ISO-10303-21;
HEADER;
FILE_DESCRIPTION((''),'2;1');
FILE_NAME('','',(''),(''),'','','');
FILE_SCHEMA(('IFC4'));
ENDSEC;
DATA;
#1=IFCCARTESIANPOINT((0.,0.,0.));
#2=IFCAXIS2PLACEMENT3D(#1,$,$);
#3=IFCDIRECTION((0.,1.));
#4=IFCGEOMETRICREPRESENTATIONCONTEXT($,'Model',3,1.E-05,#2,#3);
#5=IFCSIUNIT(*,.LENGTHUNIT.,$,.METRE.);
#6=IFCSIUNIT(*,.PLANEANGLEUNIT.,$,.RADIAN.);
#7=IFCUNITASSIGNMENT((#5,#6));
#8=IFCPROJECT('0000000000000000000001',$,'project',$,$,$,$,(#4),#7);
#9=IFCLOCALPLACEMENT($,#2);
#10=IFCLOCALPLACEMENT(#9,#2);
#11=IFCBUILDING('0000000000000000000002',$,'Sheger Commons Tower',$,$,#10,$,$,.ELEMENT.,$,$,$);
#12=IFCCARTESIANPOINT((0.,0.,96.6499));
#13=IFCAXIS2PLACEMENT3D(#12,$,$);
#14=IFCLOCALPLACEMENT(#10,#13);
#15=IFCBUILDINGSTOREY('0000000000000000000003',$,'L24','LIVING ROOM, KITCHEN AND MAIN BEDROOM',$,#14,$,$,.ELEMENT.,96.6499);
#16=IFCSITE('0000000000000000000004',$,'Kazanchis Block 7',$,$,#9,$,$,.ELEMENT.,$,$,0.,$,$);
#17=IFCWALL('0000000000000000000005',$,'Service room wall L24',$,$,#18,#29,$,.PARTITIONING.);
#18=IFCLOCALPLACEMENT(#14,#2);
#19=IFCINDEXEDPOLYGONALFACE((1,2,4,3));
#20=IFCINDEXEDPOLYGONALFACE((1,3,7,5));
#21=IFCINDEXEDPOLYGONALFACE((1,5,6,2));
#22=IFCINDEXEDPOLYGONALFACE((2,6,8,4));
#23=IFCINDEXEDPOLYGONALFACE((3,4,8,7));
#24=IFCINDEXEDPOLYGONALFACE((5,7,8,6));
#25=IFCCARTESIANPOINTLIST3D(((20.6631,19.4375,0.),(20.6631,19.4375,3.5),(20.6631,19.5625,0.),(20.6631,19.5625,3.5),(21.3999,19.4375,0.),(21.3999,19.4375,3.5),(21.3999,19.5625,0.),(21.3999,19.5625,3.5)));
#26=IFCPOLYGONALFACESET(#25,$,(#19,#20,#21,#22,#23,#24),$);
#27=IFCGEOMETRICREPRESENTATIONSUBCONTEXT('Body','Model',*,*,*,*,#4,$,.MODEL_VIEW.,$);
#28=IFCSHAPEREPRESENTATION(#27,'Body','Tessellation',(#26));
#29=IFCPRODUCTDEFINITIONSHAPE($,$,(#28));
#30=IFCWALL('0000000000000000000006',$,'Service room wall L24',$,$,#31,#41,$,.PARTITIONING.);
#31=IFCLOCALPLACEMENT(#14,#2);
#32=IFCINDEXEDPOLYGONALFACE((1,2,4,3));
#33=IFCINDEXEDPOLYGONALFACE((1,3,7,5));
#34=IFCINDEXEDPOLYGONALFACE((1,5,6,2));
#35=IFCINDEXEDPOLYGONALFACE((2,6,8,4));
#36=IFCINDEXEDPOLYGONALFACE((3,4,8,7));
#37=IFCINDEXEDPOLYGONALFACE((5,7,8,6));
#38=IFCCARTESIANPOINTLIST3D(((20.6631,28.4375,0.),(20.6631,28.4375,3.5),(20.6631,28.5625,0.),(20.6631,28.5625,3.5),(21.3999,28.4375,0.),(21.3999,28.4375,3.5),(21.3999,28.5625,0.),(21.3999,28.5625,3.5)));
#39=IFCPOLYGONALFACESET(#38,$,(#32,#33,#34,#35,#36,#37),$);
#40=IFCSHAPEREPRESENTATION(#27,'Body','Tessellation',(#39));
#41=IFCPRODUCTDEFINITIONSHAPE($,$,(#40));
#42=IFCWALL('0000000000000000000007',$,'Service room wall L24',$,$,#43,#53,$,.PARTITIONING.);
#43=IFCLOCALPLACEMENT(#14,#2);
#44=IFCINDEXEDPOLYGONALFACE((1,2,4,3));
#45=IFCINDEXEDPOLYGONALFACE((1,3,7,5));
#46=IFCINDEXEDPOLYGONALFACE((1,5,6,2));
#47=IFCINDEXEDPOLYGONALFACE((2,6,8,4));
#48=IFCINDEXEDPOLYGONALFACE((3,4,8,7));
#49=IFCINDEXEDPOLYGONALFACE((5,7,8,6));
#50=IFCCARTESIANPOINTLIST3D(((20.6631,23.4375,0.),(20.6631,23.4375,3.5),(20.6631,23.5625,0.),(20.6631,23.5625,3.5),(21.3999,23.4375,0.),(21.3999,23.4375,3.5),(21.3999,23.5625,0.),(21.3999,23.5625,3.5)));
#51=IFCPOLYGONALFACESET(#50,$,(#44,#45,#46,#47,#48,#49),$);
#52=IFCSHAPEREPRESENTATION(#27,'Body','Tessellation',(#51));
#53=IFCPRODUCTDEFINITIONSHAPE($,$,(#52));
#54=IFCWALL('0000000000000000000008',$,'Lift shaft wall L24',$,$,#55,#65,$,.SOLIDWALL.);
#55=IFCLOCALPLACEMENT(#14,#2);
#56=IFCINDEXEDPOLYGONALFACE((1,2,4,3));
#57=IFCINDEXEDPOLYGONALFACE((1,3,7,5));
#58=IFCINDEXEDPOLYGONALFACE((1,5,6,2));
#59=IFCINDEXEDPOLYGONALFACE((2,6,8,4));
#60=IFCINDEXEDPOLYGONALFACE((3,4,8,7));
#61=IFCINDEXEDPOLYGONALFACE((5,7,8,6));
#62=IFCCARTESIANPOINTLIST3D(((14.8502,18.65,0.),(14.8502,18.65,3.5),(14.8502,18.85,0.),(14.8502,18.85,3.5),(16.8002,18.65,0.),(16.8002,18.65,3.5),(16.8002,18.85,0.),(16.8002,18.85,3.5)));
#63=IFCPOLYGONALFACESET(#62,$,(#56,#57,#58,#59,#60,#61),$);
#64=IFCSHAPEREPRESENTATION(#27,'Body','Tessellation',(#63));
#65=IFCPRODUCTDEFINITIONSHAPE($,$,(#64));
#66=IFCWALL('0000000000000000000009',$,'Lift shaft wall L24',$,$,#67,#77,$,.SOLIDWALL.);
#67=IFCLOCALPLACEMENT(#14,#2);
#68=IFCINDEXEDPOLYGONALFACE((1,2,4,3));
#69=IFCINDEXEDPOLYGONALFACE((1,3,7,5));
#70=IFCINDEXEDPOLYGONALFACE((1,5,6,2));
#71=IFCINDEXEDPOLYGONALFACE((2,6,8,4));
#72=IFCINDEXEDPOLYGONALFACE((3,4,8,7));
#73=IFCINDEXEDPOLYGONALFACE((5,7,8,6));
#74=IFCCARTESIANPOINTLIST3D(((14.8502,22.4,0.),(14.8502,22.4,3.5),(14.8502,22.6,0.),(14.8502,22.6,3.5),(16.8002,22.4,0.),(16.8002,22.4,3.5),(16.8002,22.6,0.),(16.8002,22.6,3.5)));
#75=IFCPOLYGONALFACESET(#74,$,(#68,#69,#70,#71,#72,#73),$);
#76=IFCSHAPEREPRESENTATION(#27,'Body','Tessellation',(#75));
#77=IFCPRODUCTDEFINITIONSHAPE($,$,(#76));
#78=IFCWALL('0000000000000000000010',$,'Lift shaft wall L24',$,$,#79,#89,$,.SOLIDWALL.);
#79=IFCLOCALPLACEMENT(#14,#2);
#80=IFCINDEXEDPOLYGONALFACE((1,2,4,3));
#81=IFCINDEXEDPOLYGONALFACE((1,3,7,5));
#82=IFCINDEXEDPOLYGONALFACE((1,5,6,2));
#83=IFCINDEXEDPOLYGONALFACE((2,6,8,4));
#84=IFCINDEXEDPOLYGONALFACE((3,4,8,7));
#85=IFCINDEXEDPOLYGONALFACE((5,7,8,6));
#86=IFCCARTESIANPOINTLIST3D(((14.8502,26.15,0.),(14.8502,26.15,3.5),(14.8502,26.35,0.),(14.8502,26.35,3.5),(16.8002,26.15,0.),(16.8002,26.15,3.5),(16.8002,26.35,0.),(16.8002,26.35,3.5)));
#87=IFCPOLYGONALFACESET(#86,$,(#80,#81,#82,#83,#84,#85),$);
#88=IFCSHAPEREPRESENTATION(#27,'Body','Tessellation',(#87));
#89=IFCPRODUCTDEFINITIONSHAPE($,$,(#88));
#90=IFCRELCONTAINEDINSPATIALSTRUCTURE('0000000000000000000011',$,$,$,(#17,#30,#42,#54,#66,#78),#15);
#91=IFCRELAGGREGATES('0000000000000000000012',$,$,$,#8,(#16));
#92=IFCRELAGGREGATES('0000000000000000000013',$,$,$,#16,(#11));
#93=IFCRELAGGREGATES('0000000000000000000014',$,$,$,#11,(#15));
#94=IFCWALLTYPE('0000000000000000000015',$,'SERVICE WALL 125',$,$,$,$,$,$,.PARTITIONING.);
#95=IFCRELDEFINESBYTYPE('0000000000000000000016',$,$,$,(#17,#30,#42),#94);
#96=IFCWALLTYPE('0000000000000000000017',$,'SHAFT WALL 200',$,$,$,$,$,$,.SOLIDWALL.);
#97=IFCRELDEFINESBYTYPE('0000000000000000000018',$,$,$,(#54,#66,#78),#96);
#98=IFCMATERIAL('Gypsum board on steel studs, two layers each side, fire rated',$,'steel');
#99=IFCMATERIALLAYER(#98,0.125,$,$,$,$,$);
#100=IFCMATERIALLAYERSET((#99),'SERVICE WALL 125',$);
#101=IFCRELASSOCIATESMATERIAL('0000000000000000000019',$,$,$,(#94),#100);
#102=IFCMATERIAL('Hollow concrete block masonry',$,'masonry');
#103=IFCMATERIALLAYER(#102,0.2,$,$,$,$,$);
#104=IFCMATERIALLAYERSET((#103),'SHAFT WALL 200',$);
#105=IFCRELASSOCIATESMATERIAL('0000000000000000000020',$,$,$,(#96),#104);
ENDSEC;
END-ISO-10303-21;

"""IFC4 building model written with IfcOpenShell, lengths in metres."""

from ifc_helpers import new_model, si_unit, direction, frame, frame_2d, origin, place, context, subcontext, project, spatial, rectangle, extrude, material, layer, layer_set, type_object, element, save


model = new_model("IFC4")

# Units and contexts
model_context = context("Model", 3, precision=1e-05, world=origin(), true_north=direction((0.0, 1.0)))
body_context = subcontext(model_context, "Body", "Model", "MODEL_VIEW")
ifc_project = project(units=[si_unit("LENGTHUNIT", "METRE"), si_unit("PLANEANGLEUNIT", "RADIAN")], contexts=[model_context])

# Site, building, storey
site_placement = place(None, origin())
site = spatial("IfcSite", under=ifc_project, at=site_placement, Name="Kazanchis Block 7", CompositionType="ELEMENT", RefElevation=0.0)
building_placement = place(site_placement, origin())
building = spatial("IfcBuilding", under=site, at=building_placement, Name="Sheger Commons Tower", CompositionType="ELEMENT")
storey_placement = place(building_placement, frame((0.0, 0.0, 96.6499)))
storey = spatial("IfcBuildingStorey", under=building, at=storey_placement, Name="L24", Description="LIVING ROOM, KITCHEN AND MAIN BEDROOM", CompositionType="ELEMENT", Elevation=96.6499)

# Shared definitions
ifc_material_1 = material(Name="Gypsum board on steel studs, two layers each side, fire rated", Category="steel")
ifc_layer_1 = layer(ifc_material_1, 0.125)
ifc_layer_set_1 = layer_set([ifc_layer_1], Name="SERVICE WALL 125")
wall_type_1 = type_object("IfcWallType", Name="SERVICE WALL 125", PredefinedType="PARTITIONING", material=ifc_layer_set_1)

# Walls
for number, where, z_axis, x_axis, name in (
    (1, (20.6631, 19.5, 0.0), (0.0, 0.0, 1.0), (1.0, 0.0, 0.0), "Service room wall L24"),
    (2, (20.6631, 28.5, 0.0), (0.0, 0.0, 1.0), (1.0, 0.0, 0.0), "Service room wall L24"),
    (3, (20.6631, 23.5, 0.0), (0.0, 0.0, 1.0), (1.0, 0.0, 0.0), "Service room wall L24"),
):
    element("IfcWall", number, at=place(storey_placement, frame(where, z_axis=z_axis, x_axis=x_axis)), inside=storey, type_object=wall_type_1, Name=name, PredefinedType="PARTITIONING", context=body_context, shape_type="SweptSolid", body=[
        extrude(rectangle(XDim=0.7368, YDim=0.125, at=frame_2d((0.3684, 0.0))), origin(), (0.0, 0.0, 1.0), 3.5),
    ])
ifc_material_2 = material(Name="Hollow concrete block masonry", Category="masonry")
ifc_layer_2 = layer(ifc_material_2, 0.2)
ifc_layer_set_2 = layer_set([ifc_layer_2], Name="SHAFT WALL 200")
wall_type_2 = type_object("IfcWallType", Name="SHAFT WALL 200", PredefinedType="SOLIDWALL", material=ifc_layer_set_2)
for number, where, z_axis, x_axis, name in (
    (4, (14.8501, 18.75, 0.0), (0.0, 0.0, 1.0), (1.0, 0.0, 0.0), "Lift shaft wall L24"),
    (5, (14.8501, 22.5, 0.0), (0.0, 0.0, 1.0), (1.0, 0.0, 0.0), "Lift shaft wall L24"),
    (6, (14.8501, 26.25, 0.0), (0.0, 0.0, 1.0), (1.0, 0.0, 0.0), "Lift shaft wall L24"),
):
    element("IfcWall", number, at=place(storey_placement, frame(where, z_axis=z_axis, x_axis=x_axis)), inside=storey, type_object=wall_type_2, Name=name, PredefinedType="SOLIDWALL", context=body_context, shape_type="SweptSolid", body=[
        extrude(rectangle(XDim=1.95, YDim=0.2, at=frame_2d((0.9751, 0.0))), origin(), (0.0, 0.0, 1.0), 3.5),
    ])

save(model, "model.ifc")
